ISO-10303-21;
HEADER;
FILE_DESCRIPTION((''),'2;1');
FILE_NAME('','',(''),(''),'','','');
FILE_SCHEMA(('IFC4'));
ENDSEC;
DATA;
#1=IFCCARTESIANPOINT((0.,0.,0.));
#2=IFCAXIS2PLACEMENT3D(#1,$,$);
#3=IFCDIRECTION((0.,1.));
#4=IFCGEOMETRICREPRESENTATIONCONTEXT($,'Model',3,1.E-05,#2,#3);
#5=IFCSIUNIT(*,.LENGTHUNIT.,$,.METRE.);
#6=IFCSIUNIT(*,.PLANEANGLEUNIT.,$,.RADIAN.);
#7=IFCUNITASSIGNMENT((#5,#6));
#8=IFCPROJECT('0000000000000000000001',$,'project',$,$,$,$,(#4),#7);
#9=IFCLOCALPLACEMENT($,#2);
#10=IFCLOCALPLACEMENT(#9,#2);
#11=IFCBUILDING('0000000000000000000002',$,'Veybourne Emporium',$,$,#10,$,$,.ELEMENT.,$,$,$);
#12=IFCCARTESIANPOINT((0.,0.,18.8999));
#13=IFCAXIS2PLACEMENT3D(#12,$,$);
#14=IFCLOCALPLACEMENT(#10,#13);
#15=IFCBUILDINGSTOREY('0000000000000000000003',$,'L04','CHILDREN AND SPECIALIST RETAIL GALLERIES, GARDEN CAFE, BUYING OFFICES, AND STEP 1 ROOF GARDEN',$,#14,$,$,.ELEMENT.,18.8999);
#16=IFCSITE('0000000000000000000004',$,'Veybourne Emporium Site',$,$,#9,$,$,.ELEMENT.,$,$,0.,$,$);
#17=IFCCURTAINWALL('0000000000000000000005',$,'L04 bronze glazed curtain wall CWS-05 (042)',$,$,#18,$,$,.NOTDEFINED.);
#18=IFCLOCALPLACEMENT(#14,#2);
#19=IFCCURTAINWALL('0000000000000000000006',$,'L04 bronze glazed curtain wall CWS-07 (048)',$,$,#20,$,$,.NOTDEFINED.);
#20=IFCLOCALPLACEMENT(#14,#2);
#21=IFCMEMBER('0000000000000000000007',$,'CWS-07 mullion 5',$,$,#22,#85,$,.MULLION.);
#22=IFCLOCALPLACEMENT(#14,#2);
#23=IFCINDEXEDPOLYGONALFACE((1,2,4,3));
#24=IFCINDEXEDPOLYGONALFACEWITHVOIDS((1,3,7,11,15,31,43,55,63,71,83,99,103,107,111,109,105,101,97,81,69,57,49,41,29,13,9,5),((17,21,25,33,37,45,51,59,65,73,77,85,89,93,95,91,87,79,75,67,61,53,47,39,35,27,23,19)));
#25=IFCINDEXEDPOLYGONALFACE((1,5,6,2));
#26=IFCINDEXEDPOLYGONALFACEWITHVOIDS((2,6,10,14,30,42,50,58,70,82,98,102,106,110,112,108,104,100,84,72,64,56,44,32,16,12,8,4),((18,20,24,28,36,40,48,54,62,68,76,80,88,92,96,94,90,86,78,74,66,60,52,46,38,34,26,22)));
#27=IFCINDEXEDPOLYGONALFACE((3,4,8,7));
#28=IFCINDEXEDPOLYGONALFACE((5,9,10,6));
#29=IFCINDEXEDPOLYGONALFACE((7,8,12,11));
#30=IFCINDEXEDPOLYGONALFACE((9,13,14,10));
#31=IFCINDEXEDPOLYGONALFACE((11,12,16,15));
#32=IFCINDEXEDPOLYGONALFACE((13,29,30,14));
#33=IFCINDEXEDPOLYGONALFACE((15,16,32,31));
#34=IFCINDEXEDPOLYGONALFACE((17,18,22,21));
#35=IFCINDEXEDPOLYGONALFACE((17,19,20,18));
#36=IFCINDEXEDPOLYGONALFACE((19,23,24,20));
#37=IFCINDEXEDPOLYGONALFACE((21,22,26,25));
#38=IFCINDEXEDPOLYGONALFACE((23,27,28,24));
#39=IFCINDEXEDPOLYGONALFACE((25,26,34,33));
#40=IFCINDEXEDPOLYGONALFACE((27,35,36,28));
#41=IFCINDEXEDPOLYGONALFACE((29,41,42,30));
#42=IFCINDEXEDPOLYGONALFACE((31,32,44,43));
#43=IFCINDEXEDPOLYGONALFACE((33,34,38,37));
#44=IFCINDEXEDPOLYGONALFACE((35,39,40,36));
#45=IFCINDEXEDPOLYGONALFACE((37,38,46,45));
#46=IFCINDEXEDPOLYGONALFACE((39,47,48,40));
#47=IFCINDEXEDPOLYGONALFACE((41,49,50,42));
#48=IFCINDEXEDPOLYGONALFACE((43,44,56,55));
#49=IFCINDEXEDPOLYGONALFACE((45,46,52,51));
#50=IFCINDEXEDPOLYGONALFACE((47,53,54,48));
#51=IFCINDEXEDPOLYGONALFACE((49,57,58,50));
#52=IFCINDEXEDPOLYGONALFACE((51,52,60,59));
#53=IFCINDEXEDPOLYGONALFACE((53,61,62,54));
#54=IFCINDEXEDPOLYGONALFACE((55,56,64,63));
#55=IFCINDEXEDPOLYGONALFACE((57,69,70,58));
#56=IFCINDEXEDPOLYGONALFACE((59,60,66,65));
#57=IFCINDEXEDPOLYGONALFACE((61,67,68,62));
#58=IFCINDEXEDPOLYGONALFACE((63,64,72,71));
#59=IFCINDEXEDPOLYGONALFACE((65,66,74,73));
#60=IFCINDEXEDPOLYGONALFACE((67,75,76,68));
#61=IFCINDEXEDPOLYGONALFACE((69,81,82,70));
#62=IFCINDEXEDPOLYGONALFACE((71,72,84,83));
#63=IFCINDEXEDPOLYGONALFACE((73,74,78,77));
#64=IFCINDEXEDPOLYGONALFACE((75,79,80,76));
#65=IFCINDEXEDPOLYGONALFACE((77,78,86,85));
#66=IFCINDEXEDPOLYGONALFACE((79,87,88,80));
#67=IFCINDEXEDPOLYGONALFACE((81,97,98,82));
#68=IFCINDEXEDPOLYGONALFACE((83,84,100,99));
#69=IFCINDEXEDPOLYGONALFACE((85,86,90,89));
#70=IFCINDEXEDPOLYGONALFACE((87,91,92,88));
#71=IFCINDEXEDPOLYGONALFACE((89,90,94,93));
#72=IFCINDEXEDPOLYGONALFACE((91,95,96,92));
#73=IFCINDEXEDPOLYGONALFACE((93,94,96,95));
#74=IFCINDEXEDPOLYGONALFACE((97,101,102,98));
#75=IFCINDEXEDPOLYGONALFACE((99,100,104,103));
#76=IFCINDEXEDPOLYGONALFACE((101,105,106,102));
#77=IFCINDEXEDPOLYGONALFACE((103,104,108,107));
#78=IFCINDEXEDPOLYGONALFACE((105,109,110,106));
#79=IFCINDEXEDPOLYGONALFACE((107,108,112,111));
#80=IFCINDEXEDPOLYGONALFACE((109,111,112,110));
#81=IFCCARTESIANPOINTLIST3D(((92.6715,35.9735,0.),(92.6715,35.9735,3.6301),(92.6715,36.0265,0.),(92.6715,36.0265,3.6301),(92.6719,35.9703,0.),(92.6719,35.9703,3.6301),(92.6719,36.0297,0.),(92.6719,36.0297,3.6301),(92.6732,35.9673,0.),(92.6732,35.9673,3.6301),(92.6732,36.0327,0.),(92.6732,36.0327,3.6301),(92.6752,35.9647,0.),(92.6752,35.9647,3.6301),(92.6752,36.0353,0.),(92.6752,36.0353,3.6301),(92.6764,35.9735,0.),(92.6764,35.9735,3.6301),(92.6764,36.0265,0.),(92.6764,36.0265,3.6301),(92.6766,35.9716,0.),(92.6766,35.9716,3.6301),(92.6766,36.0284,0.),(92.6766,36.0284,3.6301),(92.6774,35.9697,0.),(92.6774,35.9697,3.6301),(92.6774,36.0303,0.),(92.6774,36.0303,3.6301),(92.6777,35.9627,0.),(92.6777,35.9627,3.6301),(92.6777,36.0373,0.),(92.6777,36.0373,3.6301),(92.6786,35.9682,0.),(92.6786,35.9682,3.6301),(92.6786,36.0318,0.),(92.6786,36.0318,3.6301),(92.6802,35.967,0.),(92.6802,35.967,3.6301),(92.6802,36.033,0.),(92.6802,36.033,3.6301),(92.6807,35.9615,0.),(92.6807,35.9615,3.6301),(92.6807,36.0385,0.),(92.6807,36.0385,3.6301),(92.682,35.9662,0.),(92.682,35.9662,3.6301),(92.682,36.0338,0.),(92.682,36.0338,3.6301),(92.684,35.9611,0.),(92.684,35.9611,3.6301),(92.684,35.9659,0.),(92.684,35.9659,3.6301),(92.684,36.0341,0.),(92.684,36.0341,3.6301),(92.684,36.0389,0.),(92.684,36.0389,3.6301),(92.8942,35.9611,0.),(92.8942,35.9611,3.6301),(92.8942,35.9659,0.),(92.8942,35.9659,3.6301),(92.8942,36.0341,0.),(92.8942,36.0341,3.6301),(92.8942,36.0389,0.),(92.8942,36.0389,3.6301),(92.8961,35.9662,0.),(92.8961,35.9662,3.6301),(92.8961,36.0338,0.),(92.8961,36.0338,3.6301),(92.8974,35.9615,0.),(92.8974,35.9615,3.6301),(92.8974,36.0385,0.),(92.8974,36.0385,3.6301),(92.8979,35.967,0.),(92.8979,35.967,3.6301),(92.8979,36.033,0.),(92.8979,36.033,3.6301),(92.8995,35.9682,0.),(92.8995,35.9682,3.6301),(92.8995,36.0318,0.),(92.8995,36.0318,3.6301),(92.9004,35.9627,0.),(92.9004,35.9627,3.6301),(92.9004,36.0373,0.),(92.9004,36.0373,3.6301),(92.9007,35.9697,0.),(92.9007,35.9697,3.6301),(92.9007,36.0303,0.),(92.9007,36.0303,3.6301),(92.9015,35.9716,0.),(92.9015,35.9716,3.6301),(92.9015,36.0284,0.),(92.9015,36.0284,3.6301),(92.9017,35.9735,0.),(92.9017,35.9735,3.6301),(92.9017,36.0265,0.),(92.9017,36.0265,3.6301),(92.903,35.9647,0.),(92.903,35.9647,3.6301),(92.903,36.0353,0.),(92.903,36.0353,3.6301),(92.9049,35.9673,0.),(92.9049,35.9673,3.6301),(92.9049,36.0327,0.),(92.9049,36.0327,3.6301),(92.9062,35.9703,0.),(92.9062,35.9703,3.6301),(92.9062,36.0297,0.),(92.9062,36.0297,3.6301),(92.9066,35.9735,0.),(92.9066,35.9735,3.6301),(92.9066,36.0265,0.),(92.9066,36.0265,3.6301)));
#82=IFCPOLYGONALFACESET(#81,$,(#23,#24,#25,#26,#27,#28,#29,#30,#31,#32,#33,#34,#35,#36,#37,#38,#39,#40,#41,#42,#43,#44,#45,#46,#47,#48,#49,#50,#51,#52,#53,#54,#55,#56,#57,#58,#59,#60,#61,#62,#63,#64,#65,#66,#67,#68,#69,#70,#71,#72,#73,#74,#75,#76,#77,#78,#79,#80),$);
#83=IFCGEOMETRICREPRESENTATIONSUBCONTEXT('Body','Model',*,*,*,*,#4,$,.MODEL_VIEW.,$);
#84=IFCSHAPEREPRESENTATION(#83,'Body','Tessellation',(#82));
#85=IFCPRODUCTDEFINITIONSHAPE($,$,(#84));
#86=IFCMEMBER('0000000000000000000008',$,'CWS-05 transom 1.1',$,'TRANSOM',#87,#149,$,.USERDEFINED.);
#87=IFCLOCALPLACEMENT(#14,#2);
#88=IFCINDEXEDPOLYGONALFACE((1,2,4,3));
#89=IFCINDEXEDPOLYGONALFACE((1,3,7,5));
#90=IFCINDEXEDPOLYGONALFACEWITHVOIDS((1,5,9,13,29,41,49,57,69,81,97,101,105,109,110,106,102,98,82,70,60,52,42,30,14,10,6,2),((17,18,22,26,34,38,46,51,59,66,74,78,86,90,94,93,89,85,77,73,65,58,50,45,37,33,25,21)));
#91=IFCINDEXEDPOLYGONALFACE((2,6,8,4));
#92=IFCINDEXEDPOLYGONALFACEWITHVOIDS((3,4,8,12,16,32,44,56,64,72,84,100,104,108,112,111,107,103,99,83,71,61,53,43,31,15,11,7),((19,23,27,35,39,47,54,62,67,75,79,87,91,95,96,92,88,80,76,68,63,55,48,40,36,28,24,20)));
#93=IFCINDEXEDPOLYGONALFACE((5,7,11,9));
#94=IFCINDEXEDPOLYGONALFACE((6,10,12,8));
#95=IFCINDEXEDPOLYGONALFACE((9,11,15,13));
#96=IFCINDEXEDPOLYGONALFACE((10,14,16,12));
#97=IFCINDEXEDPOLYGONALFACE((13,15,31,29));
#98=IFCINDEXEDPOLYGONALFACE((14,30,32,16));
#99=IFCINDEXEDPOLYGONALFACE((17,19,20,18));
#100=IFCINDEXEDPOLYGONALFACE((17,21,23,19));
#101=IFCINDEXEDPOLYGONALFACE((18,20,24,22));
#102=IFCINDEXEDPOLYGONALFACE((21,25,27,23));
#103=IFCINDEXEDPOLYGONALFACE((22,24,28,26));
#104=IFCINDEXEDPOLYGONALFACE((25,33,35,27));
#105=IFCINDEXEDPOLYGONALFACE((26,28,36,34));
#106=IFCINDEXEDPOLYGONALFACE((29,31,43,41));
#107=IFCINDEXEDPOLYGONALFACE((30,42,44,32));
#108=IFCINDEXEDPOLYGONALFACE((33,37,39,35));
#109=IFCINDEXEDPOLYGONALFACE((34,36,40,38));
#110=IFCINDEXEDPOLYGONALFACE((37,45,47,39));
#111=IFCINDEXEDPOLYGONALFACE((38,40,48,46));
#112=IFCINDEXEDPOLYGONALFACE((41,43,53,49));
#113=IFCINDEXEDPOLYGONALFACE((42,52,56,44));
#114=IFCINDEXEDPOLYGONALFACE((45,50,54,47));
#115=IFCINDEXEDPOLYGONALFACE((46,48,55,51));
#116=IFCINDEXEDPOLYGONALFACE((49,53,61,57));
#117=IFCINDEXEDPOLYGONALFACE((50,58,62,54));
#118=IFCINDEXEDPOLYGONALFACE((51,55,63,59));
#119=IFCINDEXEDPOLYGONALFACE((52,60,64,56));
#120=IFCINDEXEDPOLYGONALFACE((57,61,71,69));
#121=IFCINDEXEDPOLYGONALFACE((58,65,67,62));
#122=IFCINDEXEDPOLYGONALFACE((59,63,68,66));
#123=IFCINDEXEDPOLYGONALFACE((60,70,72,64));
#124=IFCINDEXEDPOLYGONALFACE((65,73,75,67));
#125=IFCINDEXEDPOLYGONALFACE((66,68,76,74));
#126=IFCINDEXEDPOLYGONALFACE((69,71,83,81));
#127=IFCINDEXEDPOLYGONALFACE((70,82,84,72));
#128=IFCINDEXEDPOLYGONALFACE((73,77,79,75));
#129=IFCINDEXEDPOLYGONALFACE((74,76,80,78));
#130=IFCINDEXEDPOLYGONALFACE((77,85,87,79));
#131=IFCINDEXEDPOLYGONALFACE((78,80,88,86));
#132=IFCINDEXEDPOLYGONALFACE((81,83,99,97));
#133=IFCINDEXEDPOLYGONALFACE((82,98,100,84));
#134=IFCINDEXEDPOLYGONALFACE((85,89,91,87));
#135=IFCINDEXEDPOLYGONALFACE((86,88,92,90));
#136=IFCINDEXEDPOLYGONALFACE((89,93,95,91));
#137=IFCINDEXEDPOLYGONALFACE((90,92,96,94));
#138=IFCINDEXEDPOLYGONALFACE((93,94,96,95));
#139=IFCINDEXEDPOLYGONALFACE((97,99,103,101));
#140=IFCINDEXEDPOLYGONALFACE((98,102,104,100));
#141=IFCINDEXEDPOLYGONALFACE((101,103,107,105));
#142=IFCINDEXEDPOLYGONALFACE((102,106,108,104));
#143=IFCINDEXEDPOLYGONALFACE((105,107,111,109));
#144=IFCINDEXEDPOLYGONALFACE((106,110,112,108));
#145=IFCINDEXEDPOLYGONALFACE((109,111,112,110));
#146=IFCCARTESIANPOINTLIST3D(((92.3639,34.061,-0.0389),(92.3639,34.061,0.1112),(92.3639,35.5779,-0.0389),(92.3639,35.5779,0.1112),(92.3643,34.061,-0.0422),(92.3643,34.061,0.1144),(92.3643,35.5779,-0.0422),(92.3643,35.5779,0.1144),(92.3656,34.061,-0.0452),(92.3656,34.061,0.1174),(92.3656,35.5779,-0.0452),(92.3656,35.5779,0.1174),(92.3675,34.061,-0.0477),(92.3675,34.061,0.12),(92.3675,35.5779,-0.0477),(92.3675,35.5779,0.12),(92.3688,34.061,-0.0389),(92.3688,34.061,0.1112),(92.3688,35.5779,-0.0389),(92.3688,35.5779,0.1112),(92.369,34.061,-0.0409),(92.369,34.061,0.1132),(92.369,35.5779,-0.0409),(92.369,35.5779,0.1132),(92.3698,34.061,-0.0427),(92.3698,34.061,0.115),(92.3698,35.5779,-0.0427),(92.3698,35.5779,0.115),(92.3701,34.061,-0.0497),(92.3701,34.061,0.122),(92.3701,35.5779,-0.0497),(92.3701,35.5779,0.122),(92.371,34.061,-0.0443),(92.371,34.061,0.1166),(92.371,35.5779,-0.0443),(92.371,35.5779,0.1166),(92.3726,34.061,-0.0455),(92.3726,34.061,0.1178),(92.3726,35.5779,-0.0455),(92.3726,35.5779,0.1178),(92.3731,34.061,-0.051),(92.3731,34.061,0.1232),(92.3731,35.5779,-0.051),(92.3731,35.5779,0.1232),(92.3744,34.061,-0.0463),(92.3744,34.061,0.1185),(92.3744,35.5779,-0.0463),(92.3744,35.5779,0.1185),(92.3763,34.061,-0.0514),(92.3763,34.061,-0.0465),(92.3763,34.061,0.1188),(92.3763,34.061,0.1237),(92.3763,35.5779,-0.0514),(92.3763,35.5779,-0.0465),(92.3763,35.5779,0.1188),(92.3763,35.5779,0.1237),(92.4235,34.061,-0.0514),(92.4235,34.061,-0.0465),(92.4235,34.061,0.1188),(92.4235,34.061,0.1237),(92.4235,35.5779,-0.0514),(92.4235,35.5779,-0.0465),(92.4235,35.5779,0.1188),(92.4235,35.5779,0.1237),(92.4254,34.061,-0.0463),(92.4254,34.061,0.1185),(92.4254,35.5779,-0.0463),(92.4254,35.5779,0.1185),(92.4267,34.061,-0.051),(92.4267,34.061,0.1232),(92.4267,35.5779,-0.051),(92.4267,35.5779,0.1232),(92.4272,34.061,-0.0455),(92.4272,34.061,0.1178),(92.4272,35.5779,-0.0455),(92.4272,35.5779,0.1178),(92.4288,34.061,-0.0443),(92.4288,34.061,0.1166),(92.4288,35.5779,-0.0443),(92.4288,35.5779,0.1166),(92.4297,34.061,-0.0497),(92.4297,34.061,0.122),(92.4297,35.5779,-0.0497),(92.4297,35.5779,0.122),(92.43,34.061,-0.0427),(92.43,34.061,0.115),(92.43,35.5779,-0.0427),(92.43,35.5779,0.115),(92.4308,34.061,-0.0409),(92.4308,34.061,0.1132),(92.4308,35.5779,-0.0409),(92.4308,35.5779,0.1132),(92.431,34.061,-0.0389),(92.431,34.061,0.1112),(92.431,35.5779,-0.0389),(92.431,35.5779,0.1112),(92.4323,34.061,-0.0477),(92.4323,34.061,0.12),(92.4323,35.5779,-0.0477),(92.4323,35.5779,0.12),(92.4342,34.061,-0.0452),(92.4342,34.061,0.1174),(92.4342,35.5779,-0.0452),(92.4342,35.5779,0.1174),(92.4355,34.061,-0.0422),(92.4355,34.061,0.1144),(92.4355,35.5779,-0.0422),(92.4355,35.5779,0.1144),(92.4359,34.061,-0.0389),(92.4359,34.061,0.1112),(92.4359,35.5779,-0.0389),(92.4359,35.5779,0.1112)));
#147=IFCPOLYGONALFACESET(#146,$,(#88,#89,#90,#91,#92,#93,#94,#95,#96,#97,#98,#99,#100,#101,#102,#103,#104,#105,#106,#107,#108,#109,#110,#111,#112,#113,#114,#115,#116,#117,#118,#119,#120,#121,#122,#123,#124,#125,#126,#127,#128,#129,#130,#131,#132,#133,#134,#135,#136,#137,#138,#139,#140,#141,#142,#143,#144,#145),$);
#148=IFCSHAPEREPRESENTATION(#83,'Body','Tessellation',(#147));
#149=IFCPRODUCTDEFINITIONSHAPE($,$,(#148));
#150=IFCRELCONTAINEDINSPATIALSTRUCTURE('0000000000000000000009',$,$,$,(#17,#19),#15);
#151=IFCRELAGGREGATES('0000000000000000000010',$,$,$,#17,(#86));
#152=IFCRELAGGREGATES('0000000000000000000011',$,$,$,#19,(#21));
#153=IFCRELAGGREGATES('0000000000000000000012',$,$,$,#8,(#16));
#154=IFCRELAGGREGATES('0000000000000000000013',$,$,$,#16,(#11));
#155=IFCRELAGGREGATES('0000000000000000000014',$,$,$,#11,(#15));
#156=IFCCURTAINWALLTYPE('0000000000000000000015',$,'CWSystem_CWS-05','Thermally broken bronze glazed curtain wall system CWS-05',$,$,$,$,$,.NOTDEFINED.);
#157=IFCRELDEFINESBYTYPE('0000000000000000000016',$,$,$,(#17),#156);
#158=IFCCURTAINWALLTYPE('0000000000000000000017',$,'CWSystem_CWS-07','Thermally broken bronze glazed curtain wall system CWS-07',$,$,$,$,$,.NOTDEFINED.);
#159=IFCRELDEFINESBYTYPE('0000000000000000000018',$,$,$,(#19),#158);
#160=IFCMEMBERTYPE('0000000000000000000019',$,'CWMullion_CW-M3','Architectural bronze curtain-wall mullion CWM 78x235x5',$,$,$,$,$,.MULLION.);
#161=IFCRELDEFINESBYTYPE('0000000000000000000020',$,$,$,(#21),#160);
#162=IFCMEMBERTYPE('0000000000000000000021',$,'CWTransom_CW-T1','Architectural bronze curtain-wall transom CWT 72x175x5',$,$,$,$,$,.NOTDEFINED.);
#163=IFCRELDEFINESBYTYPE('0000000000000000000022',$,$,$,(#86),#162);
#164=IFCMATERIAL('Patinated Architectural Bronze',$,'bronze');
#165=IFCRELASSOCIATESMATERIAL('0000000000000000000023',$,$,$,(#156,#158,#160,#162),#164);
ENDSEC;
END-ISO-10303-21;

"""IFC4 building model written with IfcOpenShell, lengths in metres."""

from ifc_helpers import new_model, si_unit, direction, frame, origin, origin_2d, place, context, subcontext, project, spatial, hollow_rectangle, extrude, material, material_profile, profile_set, type_object, element, aggregate, save


model = new_model("IFC4")

# Units and contexts
model_context = context("Model", 3, precision=1e-05, world=origin(), true_north=direction((0.0, 1.0)))
body_context = subcontext(model_context, "Body", "Model", "MODEL_VIEW")
ifc_project = project(units=[si_unit("LENGTHUNIT", "METRE"), si_unit("PLANEANGLEUNIT", "RADIAN")], contexts=[model_context])

# Site, building, storey
site_placement = place(None, origin())
site = spatial("IfcSite", under=ifc_project, at=site_placement, Name="Veybourne Emporium Site", CompositionType="ELEMENT", RefElevation=0.0)
building_placement = place(site_placement, origin())
building = spatial("IfcBuilding", under=site, at=building_placement, Name="Veybourne Emporium", CompositionType="ELEMENT")
storey_placement = place(building_placement, frame((0.0, 0.0, 18.8999)))
storey = spatial("IfcBuildingStorey", under=building, at=storey_placement, Name="L04", Description="CHILDREN AND SPECIALIST RETAIL GALLERIES, GARDEN CAFE, BUYING OFFICES, AND STEP 1 ROOF GARDEN", CompositionType="ELEMENT", Elevation=18.8999)

# Curtain wall
ifc_material_1 = material(Name="Patinated Architectural Bronze", Category="bronze")
curtain_wall_type_1 = type_object("IfcCurtainWallType", Name="CWSystem_CWS-05", Description="Thermally broken bronze glazed curtain wall system CWS-05", PredefinedType="NOTDEFINED", material=ifc_material_1)
curtain_wall_1_placement = place(storey_placement, origin())
curtain_wall_1 = element("IfcCurtainWall", 1, at=curtain_wall_1_placement, inside=storey, type_object=curtain_wall_type_1, Name="L04 bronze glazed curtain wall CWS-05 (042)", PredefinedType="NOTDEFINED")

# Curtain wall, member
curtain_wall_type_2 = type_object("IfcCurtainWallType", Name="CWSystem_CWS-07", Description="Thermally broken bronze glazed curtain wall system CWS-07", PredefinedType="NOTDEFINED", material=ifc_material_1)
curtain_wall_2_placement = place(storey_placement, origin())
curtain_wall_2 = element("IfcCurtainWall", 2, at=curtain_wall_2_placement, inside=storey, type_object=curtain_wall_type_2, Name="L04 bronze glazed curtain wall CWS-07 (048)", PredefinedType="NOTDEFINED")
ifc_material_profile_1 = material_profile(ifc_material_1, hollow_rectangle(XDim=0.0779, YDim=0.2351, WallThickness=0.0049, InnerFilletRadius=0.0076, OuterFilletRadius=0.0125, at=origin_2d()), Name="CWM 78x235x5")
ifc_profile_set_1 = profile_set([ifc_material_profile_1], Name="Patinated Architectural Bronze")
member_type_1 = type_object("IfcMemberType", Name="CWMullion_CW-M3", Description="Architectural bronze curtain-wall mullion CWM 78x235x5", PredefinedType="MULLION", material=ifc_profile_set_1)
member_1_placement = place(storey_placement, frame((92.7891, 36.0, 0.0), z_axis=(0.0, 0.0, 1.0), x_axis=(0.0, -1.0, 0.0)))
member_1 = element("IfcMember", 3, at=member_1_placement, type_object=member_type_1, Name="CWS-07 mullion 5", PredefinedType="MULLION", context=body_context, shape_type="SweptSolid", body=[
    extrude(hollow_rectangle(XDim=0.0779, YDim=0.2351, WallThickness=0.0049, InnerFilletRadius=0.0076, OuterFilletRadius=0.0125, at=origin_2d()), origin(), (0.0, 0.0, 1.0), 3.6301),
])

# Member
ifc_material_profile_2 = material_profile(ifc_material_1, hollow_rectangle(XDim=0.072, YDim=0.175, WallThickness=0.0049, InnerFilletRadius=0.0076, OuterFilletRadius=0.0125, at=origin_2d()), Name="CWT 72x175x5")
ifc_profile_set_2 = profile_set([ifc_material_profile_2], Name="Patinated Architectural Bronze")
member_type_2 = type_object("IfcMemberType", Name="CWTransom_CW-T1", Description="Architectural bronze curtain-wall transom CWT 72x175x5", PredefinedType="NOTDEFINED", material=ifc_profile_set_2)
member_2_placement = place(storey_placement, frame((92.3999, 35.5779, 0.0361), z_axis=(0.0, -1.0, 0.0), x_axis=(1.0, 0.0, 0.0)))
member_2 = element("IfcMember", 4, at=member_2_placement, type_object=member_type_2, Name="CWS-05 transom 1.1", ObjectType="TRANSOM", PredefinedType="USERDEFINED", context=body_context, shape_type="SweptSolid", body=[
    extrude(hollow_rectangle(XDim=0.072, YDim=0.175, WallThickness=0.0049, InnerFilletRadius=0.0076, OuterFilletRadius=0.0125, at=origin_2d()), origin(), (0.0, 0.0, 1.0), 1.5168),
])

aggregate(curtain_wall_1, [member_2])
aggregate(curtain_wall_2, [member_1])

save(model, "model.ifc")
